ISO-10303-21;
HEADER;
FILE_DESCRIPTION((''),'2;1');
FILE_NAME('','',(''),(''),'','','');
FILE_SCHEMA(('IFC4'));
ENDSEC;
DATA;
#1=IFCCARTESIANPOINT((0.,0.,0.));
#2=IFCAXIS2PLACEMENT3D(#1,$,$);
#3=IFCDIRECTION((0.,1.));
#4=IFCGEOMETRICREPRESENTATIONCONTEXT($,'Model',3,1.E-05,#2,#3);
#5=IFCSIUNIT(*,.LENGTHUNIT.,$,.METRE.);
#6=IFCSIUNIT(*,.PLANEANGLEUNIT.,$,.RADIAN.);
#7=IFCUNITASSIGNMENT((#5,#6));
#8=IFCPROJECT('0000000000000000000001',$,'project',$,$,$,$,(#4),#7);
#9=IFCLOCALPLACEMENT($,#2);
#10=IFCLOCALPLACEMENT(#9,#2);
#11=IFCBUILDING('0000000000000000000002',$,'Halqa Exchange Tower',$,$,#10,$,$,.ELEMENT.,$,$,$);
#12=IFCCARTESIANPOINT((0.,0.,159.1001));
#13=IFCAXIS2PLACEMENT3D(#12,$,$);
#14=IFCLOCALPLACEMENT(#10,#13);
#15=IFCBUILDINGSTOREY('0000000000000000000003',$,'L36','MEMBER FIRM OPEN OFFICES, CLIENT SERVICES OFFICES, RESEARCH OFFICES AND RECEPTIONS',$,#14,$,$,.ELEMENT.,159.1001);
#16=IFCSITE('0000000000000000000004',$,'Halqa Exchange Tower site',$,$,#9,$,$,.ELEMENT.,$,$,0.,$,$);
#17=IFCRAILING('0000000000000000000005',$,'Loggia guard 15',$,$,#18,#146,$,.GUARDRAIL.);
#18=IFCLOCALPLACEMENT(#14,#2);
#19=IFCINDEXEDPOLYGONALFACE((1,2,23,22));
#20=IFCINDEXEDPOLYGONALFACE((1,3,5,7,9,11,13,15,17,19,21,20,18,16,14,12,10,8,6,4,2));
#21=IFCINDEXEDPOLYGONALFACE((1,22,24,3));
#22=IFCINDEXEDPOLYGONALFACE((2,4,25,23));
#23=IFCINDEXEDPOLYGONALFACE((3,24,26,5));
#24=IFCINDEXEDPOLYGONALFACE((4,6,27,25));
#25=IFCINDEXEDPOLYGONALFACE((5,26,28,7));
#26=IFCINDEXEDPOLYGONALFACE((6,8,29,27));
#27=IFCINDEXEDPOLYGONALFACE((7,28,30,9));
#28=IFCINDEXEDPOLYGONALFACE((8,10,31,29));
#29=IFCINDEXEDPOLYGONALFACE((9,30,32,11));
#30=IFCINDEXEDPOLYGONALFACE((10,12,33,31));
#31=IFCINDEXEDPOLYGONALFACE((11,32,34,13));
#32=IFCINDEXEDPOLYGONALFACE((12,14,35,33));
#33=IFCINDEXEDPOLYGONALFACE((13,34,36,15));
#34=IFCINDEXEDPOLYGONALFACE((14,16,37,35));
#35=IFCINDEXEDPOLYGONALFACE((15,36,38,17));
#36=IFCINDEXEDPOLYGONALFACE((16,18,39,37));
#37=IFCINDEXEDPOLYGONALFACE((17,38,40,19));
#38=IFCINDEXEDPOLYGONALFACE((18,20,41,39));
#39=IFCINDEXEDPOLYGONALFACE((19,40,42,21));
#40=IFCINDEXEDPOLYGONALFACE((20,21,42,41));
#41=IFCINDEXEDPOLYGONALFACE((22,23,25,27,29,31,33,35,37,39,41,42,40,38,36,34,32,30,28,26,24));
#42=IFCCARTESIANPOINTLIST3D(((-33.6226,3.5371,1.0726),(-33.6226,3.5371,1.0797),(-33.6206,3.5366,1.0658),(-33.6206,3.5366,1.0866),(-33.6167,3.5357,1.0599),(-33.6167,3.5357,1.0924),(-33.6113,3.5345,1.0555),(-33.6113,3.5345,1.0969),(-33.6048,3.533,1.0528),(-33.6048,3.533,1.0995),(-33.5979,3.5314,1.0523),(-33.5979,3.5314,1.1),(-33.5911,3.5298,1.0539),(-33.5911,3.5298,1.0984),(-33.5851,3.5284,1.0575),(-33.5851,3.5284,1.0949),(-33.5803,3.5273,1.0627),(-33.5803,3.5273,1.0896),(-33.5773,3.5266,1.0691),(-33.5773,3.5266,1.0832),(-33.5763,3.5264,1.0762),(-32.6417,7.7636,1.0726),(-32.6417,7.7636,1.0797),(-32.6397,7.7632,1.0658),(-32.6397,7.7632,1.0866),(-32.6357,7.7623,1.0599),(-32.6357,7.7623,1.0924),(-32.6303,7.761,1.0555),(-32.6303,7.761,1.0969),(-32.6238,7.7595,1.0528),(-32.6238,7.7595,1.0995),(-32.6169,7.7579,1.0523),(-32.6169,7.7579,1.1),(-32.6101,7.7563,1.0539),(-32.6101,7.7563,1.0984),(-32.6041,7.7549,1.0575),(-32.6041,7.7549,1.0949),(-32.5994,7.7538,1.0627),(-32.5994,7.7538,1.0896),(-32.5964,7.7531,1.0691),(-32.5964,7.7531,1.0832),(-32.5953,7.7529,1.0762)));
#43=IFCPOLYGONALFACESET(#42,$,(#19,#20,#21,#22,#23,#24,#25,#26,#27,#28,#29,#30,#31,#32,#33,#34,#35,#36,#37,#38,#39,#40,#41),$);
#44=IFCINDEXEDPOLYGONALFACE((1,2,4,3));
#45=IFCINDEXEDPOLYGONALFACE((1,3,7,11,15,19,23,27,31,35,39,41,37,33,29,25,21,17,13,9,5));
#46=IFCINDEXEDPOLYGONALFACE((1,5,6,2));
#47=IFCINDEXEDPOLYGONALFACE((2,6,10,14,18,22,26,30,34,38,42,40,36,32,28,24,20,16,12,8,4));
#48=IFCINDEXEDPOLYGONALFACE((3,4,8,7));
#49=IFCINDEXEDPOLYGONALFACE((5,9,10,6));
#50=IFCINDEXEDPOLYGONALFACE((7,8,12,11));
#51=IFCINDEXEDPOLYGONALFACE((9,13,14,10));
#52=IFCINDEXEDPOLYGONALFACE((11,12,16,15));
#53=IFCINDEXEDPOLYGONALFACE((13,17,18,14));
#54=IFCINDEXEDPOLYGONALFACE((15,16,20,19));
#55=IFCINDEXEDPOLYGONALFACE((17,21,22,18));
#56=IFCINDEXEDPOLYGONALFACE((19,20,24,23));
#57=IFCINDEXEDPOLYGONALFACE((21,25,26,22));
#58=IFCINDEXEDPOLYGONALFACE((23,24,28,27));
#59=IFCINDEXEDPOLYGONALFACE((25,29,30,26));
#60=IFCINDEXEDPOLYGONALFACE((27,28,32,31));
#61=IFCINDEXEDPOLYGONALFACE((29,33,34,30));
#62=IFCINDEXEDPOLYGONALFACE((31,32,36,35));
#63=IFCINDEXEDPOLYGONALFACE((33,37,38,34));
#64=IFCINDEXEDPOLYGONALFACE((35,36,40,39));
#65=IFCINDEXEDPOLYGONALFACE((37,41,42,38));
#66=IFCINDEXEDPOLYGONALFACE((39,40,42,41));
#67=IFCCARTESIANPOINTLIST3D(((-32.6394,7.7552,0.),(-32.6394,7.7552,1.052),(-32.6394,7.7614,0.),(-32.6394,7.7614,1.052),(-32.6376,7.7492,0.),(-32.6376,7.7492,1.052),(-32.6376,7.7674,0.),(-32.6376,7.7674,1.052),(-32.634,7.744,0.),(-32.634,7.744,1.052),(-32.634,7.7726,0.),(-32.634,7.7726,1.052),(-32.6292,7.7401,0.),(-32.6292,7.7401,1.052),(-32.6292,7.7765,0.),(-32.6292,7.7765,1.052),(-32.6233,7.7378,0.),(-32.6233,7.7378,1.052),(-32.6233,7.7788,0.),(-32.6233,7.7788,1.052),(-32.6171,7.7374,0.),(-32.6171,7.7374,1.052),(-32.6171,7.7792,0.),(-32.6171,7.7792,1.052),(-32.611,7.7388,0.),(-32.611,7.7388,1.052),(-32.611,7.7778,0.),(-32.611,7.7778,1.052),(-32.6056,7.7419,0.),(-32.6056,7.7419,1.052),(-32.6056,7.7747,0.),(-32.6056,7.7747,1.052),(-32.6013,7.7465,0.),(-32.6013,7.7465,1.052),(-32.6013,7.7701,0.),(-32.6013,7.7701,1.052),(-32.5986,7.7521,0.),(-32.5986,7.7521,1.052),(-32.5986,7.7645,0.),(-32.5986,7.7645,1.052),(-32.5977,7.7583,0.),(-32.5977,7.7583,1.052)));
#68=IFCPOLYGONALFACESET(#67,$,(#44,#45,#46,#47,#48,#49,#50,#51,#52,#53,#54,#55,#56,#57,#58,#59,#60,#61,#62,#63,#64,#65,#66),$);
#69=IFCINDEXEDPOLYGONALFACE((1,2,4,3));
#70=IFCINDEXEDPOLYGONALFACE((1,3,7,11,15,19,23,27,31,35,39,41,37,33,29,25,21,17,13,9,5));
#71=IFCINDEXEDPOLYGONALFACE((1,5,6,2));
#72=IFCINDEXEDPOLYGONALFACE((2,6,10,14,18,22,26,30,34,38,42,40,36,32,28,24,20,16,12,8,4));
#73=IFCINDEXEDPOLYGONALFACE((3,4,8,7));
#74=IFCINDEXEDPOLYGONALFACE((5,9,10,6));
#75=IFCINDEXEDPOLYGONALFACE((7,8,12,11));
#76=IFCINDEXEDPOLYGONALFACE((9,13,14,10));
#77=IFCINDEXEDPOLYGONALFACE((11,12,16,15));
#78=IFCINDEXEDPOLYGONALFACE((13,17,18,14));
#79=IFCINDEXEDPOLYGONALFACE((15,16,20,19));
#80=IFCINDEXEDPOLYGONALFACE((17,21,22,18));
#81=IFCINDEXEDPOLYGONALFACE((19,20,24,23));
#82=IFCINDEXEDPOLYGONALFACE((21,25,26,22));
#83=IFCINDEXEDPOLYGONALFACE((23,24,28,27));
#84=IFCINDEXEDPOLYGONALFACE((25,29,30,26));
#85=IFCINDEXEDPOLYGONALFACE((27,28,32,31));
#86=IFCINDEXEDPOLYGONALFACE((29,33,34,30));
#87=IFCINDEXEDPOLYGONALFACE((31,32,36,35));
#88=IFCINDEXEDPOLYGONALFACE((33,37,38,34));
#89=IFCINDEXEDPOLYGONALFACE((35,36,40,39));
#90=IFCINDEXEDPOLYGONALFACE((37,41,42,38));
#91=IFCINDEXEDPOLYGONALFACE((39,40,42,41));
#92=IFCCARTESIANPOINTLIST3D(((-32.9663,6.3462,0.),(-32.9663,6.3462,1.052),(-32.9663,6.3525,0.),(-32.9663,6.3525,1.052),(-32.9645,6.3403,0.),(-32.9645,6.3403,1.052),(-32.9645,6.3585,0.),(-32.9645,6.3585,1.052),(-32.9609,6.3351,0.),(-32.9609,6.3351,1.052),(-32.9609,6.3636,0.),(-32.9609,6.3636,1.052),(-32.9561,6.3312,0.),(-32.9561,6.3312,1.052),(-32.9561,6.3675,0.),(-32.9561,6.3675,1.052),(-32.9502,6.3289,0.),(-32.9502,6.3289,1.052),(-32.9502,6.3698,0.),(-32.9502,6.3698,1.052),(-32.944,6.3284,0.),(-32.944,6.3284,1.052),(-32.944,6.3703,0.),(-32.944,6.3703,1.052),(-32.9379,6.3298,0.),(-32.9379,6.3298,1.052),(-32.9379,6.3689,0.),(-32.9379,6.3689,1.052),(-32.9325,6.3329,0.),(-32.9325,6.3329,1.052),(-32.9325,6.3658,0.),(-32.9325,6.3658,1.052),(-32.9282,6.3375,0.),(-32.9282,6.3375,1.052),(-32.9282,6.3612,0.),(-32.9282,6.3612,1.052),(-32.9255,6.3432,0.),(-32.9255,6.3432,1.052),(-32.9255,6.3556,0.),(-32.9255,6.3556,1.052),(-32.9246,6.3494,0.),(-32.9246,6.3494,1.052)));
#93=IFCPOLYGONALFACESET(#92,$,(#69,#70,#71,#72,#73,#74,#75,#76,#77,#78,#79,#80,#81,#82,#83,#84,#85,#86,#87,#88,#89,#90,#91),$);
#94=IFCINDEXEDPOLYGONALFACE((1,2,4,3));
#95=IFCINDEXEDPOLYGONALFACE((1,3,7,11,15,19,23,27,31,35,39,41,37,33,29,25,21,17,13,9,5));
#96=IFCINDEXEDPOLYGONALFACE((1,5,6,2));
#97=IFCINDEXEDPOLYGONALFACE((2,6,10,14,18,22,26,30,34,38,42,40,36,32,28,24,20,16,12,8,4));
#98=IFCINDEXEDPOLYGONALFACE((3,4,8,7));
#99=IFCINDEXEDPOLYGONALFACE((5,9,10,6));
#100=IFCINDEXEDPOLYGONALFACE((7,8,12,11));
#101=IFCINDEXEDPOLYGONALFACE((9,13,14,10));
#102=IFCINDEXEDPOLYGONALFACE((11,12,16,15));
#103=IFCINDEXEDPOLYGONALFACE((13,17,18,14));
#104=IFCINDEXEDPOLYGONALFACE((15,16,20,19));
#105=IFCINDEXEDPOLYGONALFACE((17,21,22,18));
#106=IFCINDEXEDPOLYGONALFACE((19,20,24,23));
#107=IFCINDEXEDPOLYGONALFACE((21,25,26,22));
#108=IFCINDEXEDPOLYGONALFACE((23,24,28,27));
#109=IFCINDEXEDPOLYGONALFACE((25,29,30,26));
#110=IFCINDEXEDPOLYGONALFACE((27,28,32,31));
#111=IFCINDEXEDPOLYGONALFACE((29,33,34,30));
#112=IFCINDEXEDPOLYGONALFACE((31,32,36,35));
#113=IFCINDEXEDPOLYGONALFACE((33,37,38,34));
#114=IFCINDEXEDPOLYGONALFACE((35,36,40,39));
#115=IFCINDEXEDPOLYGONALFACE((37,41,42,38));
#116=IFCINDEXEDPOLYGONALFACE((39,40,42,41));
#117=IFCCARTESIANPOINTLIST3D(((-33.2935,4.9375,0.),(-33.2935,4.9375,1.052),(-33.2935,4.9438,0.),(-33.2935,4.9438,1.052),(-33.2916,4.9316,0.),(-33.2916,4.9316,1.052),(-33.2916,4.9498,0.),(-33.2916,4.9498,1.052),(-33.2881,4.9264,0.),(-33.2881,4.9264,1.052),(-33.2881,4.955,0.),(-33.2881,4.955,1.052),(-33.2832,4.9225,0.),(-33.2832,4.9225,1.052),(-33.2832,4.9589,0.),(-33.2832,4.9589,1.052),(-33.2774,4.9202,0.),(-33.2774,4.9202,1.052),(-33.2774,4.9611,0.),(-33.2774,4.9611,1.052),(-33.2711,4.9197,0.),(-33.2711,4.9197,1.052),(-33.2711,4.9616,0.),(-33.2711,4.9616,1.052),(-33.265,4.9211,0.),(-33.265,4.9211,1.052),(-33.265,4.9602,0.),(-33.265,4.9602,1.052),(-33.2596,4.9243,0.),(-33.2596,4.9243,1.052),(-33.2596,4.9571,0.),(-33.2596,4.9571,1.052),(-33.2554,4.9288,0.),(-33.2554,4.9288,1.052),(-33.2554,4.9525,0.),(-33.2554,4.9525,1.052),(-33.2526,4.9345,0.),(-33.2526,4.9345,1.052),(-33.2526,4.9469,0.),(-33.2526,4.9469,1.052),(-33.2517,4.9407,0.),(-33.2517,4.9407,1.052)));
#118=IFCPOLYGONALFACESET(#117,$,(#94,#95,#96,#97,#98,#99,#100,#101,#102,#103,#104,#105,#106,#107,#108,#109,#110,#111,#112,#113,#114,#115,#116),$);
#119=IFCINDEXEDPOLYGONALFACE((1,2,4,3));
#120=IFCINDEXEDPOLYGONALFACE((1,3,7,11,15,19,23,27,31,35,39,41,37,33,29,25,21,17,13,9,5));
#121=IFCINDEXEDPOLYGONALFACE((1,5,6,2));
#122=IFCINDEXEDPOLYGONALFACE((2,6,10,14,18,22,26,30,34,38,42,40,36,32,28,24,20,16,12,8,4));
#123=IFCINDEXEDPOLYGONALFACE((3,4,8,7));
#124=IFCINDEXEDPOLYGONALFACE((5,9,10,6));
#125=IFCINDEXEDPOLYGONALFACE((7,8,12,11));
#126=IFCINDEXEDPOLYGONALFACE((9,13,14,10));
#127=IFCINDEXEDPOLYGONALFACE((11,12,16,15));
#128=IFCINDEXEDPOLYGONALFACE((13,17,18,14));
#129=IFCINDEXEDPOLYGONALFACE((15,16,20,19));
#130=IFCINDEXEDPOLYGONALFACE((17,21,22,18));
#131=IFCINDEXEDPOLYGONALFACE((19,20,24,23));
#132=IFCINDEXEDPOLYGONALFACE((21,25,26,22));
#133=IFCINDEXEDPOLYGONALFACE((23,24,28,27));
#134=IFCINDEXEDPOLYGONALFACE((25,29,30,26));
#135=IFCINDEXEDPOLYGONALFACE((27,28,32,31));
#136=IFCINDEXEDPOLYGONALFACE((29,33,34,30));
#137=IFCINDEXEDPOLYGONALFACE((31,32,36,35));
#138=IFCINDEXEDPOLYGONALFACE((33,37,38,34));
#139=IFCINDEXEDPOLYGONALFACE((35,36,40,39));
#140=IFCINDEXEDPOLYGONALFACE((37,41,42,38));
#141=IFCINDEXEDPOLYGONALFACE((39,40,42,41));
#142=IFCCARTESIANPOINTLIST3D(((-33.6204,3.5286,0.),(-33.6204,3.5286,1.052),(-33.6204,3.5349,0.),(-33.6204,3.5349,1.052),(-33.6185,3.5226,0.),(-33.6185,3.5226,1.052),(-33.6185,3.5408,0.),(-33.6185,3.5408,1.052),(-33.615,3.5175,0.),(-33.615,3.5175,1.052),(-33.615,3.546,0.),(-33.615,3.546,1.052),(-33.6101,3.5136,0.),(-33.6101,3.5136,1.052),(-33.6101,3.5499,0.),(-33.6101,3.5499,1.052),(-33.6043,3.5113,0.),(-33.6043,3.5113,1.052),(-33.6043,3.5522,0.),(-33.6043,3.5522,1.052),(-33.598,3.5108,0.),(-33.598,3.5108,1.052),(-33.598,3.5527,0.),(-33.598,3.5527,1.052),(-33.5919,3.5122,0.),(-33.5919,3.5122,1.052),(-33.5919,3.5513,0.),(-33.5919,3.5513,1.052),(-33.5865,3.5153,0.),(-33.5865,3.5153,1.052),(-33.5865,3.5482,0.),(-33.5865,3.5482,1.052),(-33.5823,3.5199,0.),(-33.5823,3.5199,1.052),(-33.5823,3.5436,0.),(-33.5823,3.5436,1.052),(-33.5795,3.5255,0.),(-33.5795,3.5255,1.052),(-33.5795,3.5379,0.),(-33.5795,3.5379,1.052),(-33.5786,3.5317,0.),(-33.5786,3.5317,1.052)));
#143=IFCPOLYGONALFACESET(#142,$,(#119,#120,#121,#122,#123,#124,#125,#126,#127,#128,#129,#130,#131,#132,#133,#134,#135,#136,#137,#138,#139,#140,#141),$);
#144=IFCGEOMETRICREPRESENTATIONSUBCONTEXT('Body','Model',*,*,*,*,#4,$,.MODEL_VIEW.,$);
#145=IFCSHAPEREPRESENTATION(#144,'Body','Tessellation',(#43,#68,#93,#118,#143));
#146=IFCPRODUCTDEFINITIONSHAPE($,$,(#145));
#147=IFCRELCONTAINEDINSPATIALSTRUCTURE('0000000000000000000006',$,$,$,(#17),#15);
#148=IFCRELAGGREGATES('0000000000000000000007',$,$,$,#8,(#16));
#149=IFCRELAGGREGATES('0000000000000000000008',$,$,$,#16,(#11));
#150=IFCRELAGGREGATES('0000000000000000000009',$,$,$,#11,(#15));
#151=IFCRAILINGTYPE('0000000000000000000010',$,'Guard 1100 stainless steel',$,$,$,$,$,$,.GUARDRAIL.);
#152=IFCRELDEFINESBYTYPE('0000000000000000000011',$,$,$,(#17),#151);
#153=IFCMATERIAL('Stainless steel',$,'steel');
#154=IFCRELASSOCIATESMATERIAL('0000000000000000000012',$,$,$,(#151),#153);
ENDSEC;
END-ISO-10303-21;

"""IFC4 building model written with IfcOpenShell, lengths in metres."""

from ifc_helpers import new_model, si_unit, direction, frame, origin, origin_2d, place, context, subcontext, project, spatial, circle, extrude, material, type_object, element, save


model = new_model("IFC4")

# Units and contexts
model_context = context("Model", 3, precision=1e-05, world=origin(), true_north=direction((0.0, 1.0)))
body_context = subcontext(model_context, "Body", "Model", "MODEL_VIEW")
ifc_project = project(units=[si_unit("LENGTHUNIT", "METRE"), si_unit("PLANEANGLEUNIT", "RADIAN")], contexts=[model_context])

# Site, building, storey
site_placement = place(None, origin())
site = spatial("IfcSite", under=ifc_project, at=site_placement, Name="Halqa Exchange Tower site", CompositionType="ELEMENT", RefElevation=0.0)
building_placement = place(site_placement, origin())
building = spatial("IfcBuilding", under=site, at=building_placement, Name="Halqa Exchange Tower", CompositionType="ELEMENT")
storey_placement = place(building_placement, frame((0.0, 0.0, 159.1001)))
storey = spatial("IfcBuildingStorey", under=building, at=storey_placement, Name="L36", Description="MEMBER FIRM OPEN OFFICES, CLIENT SERVICES OFFICES, RESEARCH OFFICES AND RECEPTIONS", CompositionType="ELEMENT", Elevation=159.1001)

# Railing
ifc_material_1 = material(Name="Stainless steel", Category="steel")
railing_type = type_object("IfcRailingType", Name="Guard 1100 stainless steel", PredefinedType="GUARDRAIL", material=ifc_material_1)
railing_1_placement = place(storey_placement, frame((-32.6187, 7.7583, 0.0)))
element("IfcRailing", 1, at=railing_1_placement, inside=storey, type_object=railing_type, Name="Loggia guard 15", PredefinedType="GUARDRAIL", context=body_context, shape_type="SweptSolid", body=[
    extrude(circle(Radius=0.0239, at=origin_2d()), frame((0.0, 0.0, 1.0762), z_axis=(-0.226084, -0.974108, 0.0), x_axis=(0.974108, -0.226084, 0.0)), (0.0, 0.0, 1.0), 4.3389),
    extrude(circle(Radius=0.021, at=origin_2d()), origin(), (0.0, 0.0, 1.0), 1.052),
    extrude(circle(Radius=0.021, at=origin_2d()), frame((-0.3269, -1.4089, 0.0)), (0.0, 0.0, 1.0), 1.052),
    extrude(circle(Radius=0.021, at=origin_2d()), frame((-0.6541, -2.8176, 0.0)), (0.0, 0.0, 1.0), 1.052),
    extrude(circle(Radius=0.021, at=origin_2d()), frame((-0.981, -4.2266, 0.0)), (0.0, 0.0, 1.0), 1.052),
])

save(model, "model.ifc")
